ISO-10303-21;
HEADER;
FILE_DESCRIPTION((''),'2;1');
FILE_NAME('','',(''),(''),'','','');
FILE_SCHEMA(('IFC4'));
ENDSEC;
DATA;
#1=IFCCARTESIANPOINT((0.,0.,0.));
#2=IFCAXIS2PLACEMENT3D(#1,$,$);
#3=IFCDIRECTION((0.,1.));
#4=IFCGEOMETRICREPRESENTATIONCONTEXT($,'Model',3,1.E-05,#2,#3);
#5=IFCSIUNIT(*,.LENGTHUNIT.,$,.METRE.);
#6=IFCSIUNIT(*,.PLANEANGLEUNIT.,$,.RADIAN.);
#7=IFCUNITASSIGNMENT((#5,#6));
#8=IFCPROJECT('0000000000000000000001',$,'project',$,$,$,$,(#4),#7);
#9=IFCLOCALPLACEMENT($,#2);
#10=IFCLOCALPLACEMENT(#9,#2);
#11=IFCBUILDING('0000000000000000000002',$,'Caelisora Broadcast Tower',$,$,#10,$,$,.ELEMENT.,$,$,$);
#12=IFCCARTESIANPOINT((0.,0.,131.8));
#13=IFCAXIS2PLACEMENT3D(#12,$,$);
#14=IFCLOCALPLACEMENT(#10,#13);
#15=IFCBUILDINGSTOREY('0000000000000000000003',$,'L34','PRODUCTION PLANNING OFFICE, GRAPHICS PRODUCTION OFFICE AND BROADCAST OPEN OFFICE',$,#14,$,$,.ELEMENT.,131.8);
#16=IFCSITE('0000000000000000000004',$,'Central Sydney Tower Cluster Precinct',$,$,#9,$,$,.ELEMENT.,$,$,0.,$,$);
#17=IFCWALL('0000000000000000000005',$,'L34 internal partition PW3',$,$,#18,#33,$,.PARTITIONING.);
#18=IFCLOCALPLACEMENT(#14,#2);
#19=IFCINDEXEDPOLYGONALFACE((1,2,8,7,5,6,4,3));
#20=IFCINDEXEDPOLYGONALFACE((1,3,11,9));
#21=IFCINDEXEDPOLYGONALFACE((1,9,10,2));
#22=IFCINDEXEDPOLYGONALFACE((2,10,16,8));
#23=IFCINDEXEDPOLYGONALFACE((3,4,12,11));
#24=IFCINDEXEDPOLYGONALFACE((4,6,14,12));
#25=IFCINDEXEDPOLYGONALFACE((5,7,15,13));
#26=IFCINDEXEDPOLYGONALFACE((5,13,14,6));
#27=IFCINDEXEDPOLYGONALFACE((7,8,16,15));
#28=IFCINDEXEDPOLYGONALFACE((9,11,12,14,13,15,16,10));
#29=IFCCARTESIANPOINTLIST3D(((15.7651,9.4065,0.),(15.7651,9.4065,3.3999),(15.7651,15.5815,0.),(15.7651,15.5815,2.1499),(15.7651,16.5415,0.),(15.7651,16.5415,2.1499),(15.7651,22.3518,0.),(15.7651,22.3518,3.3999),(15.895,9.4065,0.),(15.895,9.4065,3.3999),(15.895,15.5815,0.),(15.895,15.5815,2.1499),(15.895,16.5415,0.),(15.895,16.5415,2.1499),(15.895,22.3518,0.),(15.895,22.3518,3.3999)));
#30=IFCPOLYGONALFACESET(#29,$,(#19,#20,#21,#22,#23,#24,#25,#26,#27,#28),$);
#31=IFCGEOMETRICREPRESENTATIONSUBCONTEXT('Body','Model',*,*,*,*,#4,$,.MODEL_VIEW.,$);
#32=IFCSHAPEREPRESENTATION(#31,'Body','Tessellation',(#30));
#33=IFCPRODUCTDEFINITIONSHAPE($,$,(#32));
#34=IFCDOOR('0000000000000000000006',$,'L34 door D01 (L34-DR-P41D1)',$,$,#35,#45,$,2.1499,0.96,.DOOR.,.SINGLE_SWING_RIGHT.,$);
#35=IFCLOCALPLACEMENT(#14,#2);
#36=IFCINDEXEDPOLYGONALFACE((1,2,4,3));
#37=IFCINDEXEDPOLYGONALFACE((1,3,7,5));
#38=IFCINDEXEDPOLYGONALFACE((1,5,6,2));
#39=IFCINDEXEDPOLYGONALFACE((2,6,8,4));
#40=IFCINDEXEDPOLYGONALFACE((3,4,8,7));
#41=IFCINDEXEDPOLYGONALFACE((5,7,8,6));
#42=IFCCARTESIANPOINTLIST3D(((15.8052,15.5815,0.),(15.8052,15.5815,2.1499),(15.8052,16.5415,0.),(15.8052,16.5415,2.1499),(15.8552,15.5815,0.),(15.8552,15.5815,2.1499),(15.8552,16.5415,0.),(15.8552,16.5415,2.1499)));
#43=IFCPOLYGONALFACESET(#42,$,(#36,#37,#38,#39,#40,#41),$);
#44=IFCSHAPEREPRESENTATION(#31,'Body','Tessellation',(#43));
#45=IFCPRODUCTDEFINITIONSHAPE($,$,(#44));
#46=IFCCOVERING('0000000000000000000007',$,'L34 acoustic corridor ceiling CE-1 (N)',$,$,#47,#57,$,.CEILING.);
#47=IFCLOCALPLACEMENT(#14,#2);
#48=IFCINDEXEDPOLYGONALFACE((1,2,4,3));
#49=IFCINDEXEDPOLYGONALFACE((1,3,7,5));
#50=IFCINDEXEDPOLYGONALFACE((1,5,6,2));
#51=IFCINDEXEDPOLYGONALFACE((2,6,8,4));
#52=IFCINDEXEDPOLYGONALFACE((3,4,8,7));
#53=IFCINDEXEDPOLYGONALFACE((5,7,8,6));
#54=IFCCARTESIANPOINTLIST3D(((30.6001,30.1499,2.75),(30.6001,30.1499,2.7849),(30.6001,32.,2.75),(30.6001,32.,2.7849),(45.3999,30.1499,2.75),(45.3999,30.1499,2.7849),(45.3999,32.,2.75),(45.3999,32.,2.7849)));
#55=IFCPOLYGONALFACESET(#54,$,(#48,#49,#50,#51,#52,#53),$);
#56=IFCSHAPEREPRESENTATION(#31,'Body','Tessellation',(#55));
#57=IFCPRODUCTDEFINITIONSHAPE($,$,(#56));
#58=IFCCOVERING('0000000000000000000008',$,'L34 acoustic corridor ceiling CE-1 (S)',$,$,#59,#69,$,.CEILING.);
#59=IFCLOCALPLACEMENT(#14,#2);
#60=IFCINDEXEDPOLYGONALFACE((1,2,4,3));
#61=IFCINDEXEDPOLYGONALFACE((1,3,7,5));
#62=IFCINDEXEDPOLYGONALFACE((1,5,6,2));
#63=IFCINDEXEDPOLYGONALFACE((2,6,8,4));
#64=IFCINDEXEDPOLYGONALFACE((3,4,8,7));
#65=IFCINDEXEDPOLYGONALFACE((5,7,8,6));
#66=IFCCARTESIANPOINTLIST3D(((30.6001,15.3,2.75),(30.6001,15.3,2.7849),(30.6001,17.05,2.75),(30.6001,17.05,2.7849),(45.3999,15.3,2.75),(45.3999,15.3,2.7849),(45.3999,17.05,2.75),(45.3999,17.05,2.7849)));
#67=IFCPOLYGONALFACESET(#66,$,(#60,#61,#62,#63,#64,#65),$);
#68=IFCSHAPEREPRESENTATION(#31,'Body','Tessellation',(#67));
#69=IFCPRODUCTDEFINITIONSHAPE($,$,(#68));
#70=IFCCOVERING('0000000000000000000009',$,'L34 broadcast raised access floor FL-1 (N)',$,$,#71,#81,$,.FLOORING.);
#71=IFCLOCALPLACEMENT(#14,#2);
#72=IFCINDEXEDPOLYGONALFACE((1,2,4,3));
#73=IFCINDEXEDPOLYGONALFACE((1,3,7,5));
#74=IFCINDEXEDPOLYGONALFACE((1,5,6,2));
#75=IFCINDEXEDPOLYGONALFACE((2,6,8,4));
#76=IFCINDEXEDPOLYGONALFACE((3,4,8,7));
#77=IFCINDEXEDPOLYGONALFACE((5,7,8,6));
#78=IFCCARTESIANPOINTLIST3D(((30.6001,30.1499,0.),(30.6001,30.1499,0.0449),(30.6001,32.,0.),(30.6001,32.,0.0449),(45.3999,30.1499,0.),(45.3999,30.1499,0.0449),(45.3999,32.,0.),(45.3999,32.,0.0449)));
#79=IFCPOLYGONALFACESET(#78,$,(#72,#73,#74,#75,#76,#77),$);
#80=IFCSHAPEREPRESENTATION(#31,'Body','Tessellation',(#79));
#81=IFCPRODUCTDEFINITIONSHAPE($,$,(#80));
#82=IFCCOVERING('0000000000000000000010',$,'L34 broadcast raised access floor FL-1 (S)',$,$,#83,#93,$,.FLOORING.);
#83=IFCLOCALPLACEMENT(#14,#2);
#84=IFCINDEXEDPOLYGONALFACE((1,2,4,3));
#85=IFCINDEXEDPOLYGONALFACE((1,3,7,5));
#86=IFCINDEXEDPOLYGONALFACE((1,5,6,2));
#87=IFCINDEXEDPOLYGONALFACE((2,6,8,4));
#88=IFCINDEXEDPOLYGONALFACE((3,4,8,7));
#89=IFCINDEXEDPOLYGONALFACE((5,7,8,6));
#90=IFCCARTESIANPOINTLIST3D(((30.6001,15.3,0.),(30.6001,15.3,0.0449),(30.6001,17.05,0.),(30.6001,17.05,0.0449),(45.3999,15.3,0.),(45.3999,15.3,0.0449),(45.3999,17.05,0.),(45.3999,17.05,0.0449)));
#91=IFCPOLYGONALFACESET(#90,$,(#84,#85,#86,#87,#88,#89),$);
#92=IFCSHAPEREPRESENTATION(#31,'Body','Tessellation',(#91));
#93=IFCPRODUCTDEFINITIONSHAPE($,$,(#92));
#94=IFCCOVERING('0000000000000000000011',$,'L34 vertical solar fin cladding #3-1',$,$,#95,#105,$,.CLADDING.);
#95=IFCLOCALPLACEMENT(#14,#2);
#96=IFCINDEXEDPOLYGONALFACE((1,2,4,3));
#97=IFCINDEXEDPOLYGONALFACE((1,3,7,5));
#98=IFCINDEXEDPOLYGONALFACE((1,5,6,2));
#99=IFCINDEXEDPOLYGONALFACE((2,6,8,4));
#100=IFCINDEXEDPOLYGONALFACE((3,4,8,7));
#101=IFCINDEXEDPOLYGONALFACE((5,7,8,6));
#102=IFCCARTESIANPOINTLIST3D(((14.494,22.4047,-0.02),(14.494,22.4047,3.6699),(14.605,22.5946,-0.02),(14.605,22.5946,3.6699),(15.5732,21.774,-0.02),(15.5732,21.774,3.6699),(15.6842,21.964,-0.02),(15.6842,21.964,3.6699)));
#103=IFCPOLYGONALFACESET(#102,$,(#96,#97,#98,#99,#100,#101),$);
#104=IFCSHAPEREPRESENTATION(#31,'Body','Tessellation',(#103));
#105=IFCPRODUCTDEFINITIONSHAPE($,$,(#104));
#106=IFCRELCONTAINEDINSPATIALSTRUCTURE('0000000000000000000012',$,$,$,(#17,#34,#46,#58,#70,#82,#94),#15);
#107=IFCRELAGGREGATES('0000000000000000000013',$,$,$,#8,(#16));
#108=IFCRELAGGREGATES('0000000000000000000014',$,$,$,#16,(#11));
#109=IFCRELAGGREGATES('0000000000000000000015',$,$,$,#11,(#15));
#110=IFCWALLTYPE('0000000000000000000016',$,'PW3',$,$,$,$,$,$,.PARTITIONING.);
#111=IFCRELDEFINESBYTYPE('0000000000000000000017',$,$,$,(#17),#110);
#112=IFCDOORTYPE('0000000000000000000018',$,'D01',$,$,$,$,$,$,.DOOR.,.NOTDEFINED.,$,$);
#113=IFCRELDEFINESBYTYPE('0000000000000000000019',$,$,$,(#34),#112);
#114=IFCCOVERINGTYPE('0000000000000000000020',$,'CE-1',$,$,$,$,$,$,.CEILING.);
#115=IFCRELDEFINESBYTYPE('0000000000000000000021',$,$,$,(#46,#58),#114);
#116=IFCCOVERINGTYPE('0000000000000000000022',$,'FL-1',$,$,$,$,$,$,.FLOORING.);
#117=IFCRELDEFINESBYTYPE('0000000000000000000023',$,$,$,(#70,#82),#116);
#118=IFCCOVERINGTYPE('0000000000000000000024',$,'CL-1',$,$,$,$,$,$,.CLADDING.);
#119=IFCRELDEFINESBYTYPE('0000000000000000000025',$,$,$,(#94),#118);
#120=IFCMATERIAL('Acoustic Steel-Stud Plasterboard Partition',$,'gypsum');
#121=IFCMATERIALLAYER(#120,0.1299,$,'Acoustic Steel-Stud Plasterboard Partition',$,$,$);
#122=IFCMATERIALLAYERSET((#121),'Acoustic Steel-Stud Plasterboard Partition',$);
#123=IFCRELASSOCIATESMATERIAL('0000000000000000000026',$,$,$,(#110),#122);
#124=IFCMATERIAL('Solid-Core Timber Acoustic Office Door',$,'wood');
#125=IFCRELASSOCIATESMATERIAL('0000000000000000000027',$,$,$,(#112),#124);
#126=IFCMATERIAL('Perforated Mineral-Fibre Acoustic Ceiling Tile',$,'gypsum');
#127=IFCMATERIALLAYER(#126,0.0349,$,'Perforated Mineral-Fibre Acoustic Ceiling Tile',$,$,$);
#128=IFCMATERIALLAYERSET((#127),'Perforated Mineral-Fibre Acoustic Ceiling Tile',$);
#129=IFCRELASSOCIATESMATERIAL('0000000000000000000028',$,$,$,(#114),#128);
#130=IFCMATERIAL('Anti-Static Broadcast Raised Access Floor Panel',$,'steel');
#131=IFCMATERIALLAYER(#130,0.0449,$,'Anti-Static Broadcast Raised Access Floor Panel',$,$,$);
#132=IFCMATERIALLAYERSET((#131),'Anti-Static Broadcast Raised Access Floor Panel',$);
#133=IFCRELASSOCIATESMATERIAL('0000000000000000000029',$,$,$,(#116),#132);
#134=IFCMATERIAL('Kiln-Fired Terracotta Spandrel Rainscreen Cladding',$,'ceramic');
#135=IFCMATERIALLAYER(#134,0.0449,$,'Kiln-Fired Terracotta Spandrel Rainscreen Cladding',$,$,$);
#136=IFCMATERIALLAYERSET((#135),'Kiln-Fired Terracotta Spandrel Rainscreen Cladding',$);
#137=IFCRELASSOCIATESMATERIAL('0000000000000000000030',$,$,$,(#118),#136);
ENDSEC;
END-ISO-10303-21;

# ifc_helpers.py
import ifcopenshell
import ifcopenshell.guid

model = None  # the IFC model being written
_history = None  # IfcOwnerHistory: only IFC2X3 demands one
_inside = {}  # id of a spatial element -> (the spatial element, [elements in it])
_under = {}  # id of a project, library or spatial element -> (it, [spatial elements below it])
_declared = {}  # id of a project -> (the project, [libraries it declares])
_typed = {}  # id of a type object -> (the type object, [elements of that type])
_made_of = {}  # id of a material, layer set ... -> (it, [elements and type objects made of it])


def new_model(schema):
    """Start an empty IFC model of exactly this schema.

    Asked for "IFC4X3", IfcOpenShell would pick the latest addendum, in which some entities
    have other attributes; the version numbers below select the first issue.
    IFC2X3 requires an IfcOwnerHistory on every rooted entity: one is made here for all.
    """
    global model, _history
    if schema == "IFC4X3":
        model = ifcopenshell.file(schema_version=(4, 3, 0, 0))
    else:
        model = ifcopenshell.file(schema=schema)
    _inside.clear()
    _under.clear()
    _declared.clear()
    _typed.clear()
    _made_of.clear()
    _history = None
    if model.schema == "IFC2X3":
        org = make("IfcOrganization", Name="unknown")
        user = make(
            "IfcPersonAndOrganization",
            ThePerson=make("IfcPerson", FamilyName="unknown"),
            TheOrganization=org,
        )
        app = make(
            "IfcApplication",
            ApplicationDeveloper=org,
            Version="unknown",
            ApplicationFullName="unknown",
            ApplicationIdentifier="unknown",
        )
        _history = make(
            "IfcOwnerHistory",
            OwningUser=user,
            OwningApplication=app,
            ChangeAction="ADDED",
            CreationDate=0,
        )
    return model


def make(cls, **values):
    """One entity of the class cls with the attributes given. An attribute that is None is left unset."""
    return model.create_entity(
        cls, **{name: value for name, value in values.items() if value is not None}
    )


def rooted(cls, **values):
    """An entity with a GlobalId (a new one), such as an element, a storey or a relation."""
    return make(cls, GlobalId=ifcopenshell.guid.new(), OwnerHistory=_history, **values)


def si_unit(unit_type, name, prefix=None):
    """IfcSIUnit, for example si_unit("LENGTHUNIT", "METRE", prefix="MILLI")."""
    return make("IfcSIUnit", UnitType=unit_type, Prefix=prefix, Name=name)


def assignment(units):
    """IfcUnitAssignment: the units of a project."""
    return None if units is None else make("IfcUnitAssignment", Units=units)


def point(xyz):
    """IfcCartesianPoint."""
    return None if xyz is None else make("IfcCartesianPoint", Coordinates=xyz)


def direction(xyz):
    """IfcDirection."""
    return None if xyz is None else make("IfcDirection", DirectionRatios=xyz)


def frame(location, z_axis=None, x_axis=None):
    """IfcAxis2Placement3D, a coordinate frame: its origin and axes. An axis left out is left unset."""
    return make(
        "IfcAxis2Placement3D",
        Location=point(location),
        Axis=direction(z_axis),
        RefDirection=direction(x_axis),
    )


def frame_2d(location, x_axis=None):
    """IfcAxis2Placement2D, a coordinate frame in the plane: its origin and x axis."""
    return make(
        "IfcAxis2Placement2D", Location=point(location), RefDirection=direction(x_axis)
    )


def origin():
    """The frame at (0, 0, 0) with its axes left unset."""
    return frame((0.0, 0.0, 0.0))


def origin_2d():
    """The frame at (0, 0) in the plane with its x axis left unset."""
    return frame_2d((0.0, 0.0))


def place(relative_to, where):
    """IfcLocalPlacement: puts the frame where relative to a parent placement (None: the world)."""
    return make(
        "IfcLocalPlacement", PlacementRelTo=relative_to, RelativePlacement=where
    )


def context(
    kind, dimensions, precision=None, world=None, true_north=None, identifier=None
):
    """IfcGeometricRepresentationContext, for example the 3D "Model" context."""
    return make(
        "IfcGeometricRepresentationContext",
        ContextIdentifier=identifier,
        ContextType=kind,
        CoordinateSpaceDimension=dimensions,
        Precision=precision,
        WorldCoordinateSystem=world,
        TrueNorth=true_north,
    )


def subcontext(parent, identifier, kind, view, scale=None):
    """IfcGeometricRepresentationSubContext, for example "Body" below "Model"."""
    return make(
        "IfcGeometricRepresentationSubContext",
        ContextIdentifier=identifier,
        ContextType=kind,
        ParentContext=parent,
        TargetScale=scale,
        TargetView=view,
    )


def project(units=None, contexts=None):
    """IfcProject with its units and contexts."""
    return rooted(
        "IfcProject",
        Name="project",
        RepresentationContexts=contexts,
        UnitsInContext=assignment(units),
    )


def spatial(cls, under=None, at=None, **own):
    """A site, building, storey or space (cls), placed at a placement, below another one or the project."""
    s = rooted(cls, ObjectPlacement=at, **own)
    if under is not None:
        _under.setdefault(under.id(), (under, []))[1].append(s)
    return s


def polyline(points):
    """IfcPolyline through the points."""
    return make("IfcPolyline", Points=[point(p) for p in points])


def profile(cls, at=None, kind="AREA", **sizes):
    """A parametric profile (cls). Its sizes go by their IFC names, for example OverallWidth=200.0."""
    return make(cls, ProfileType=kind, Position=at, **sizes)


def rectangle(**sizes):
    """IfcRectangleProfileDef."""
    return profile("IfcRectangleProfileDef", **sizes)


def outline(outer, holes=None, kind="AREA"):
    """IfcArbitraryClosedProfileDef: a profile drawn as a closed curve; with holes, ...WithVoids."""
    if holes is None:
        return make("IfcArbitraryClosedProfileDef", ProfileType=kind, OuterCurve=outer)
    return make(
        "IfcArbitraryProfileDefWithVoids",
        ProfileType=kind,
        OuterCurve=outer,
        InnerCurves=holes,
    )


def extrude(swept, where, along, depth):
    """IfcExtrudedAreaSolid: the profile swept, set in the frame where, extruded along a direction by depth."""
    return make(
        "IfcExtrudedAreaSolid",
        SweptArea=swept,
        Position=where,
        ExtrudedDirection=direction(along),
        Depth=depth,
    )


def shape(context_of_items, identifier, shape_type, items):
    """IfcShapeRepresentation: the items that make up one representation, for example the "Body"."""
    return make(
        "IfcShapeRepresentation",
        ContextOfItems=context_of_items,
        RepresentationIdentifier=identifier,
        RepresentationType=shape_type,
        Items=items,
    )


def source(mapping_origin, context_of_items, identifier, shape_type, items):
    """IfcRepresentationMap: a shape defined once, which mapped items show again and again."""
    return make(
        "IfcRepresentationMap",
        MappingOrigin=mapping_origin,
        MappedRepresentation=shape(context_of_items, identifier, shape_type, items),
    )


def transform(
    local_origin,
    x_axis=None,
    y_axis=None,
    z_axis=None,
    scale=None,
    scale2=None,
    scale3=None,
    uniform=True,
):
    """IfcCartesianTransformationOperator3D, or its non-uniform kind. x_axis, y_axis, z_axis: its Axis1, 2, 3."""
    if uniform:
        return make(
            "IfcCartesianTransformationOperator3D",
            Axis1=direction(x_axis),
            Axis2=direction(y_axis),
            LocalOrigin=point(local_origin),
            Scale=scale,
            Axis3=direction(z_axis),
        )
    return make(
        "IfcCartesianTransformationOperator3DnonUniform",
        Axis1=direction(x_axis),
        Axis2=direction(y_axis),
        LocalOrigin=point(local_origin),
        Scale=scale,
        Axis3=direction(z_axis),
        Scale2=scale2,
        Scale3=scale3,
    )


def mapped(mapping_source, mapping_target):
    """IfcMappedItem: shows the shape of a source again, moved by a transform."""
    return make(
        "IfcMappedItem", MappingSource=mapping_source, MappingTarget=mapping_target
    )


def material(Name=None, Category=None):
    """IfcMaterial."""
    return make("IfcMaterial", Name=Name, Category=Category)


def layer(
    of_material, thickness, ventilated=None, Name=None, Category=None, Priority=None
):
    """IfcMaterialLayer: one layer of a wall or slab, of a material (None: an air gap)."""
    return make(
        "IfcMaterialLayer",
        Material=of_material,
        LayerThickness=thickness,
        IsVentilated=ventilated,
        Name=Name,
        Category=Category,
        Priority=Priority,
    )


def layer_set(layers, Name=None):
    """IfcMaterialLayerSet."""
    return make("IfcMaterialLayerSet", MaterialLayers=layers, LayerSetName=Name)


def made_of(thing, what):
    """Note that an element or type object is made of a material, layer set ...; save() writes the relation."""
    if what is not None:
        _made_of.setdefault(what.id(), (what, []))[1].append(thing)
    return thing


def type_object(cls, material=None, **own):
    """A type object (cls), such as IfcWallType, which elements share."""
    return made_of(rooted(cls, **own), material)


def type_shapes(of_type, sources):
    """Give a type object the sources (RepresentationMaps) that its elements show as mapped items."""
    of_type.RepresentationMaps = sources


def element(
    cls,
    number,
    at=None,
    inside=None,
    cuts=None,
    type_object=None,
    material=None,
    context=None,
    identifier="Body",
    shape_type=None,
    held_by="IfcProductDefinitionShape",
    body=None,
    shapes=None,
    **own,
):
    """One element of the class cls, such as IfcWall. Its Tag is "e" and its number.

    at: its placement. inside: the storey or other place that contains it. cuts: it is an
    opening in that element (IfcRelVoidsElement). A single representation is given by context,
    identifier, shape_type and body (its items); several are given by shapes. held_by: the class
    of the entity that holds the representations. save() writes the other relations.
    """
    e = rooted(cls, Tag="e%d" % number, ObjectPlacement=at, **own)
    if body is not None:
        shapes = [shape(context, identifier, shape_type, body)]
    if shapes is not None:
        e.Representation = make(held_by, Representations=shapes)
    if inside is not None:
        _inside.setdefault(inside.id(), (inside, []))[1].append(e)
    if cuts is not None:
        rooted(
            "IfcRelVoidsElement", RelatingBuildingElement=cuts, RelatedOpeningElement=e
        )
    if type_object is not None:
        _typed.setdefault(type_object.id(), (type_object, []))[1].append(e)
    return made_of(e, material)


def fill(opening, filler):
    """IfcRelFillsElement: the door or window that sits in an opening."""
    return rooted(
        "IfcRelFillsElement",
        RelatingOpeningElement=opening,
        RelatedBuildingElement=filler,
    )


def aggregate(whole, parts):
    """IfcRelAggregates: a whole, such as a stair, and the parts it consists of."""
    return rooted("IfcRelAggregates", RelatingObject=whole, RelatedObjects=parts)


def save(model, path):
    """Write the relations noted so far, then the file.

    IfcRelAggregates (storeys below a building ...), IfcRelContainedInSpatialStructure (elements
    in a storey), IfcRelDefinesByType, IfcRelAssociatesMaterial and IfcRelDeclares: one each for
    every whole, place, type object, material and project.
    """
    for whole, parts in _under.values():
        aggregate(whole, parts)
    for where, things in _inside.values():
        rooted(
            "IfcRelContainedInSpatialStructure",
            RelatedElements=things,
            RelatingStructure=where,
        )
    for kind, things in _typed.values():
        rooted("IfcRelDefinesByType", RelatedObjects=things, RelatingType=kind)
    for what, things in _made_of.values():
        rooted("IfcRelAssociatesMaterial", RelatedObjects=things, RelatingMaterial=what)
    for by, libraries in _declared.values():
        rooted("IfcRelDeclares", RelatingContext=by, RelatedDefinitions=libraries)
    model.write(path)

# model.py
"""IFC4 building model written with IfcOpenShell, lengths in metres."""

from ifc_helpers import new_model, si_unit, direction, frame, frame_2d, origin, origin_2d, place, context, subcontext, project, spatial, polyline, rectangle, outline, extrude, source, transform, mapped, material, layer, layer_set, type_object, type_shapes, element, fill, save


model = new_model("IFC4")

# Units and contexts
model_context = context("Model", 3, precision=1e-05, world=origin(), true_north=direction((0.0, 1.0)))
body_context = subcontext(model_context, "Body", "Model", "MODEL_VIEW")
ifc_project = project(units=[si_unit("LENGTHUNIT", "METRE"), si_unit("PLANEANGLEUNIT", "RADIAN")], contexts=[model_context])

# Site, building, storey
site_placement = place(None, origin())
site = spatial("IfcSite", under=ifc_project, at=site_placement, Name="Central Sydney Tower Cluster Precinct", CompositionType="ELEMENT", RefElevation=0.0)
building_placement = place(site_placement, origin())
building = spatial("IfcBuilding", under=site, at=building_placement, Name="Caelisora Broadcast Tower", CompositionType="ELEMENT")
storey_placement = place(building_placement, frame((0.0, 0.0, 131.8)))
storey = spatial("IfcBuildingStorey", under=building, at=storey_placement, Name="L34", Description="PRODUCTION PLANNING OFFICE, GRAPHICS PRODUCTION OFFICE AND BROADCAST OPEN OFFICE", CompositionType="ELEMENT", Elevation=131.8)

# Shared definitions
ifc_material_1 = material(Name="Acoustic Steel-Stud Plasterboard Partition", Category="gypsum")
ifc_layer_1 = layer(ifc_material_1, 0.1299, Name="Acoustic Steel-Stud Plasterboard Partition")
ifc_layer_set_1 = layer_set([ifc_layer_1], Name="Acoustic Steel-Stud Plasterboard Partition")
wall_type_1 = type_object("IfcWallType", Name="PW3", PredefinedType="PARTITIONING", material=ifc_layer_set_1)

# Wall, opening, door
wall_1_placement = place(storey_placement, frame((15.8301, 9.4065, 0.0), z_axis=(0.0, 0.0, 1.0), x_axis=(0.0, 1.0, 0.0)))
wall_1 = element("IfcWall", 1, at=wall_1_placement, inside=storey, type_object=wall_type_1, Name="L34 internal partition PW3", PredefinedType="PARTITIONING", context=body_context, shape_type="SweptSolid", body=[
    extrude(rectangle(XDim=12.9453, YDim=0.1299, at=frame_2d((6.4727, 0.0))), origin(), (0.0, 0.0, 1.0), 3.3999),
])
opening_1_placement = place(wall_1_placement, frame((6.175, 0.0, 0.0)))
opening_1 = element("IfcOpeningElement", 2, at=opening_1_placement, cuts=wall_1, PredefinedType="OPENING", context=body_context, shape_type="SweptSolid", body=[
    extrude(rectangle(XDim=0.96, YDim=2.1499, at=frame_2d((0.48, 1.075))), frame((0.0, 0.0769, 0.0), z_axis=(0.0, -1.0, 0.0), x_axis=(1.0, 0.0, 0.0)), (0.0, 0.0, 1.0), 0.1538),
])
ifc_material_2 = material(Name="Solid-Core Timber Acoustic Office Door", Category="wood")
door_type = type_object("IfcDoorType", Name="D01", OperationType="NOTDEFINED", PredefinedType="DOOR", material=ifc_material_2)
door_placement = place(opening_1_placement, origin())
door = element("IfcDoor", 3, at=door_placement, inside=storey, type_object=door_type, Name="L34 door D01 (L34-DR-P41D1)", OperationType="SINGLE_SWING_RIGHT", OverallHeight=2.1499, OverallWidth=0.96, PredefinedType="DOOR", context=body_context, shape_type="SweptSolid", body=[
    extrude(rectangle(XDim=0.96, YDim=2.1499, at=frame_2d((0.48, 1.075))), frame((0.0, 0.0249, 0.0), z_axis=(0.0, -1.0, 0.0), x_axis=(1.0, 0.0, 0.0)), (0.0, 0.0, 1.0), 0.05),
])
fill(opening_1, door)

# Coverings
ifc_material_3 = material(Name="Perforated Mineral-Fibre Acoustic Ceiling Tile", Category="gypsum")
ifc_layer_2 = layer(ifc_material_3, 0.0349, Name="Perforated Mineral-Fibre Acoustic Ceiling Tile")
ifc_layer_set_2 = layer_set([ifc_layer_2], Name="Perforated Mineral-Fibre Acoustic Ceiling Tile")
covering_type_1 = type_object("IfcCoveringType", Name="CE-1", PredefinedType="CEILING", material=ifc_layer_set_2)
covering_1_placement = place(storey_placement, frame((0.0, 0.0, 2.75)))
element("IfcCovering", 4, at=covering_1_placement, inside=storey, type_object=covering_type_1, Name="L34 acoustic corridor ceiling CE-1 (N)", PredefinedType="CEILING", context=body_context, shape_type="SweptSolid", body=[
    extrude(outline(polyline([(30.6001, 30.1499), (45.3999, 30.1499), (45.3999, 32.0), (30.6001, 32.0), (30.6001, 30.1499)])), origin(), (0.0, 0.0, 1.0), 0.0349),
])
covering_2_placement = place(storey_placement, frame((0.0, 0.0, 2.75)))
element("IfcCovering", 5, at=covering_2_placement, inside=storey, type_object=covering_type_1, Name="L34 acoustic corridor ceiling CE-1 (S)", PredefinedType="CEILING", context=body_context, shape_type="SweptSolid", body=[
    extrude(outline(polyline([(30.6001, 15.3), (45.3999, 15.3), (45.3999, 17.05), (30.6001, 17.05), (30.6001, 15.3)])), origin(), (0.0, 0.0, 1.0), 0.0349),
])
ifc_material_4 = material(Name="Anti-Static Broadcast Raised Access Floor Panel", Category="steel")
ifc_layer_3 = layer(ifc_material_4, 0.0449, Name="Anti-Static Broadcast Raised Access Floor Panel")
ifc_layer_set_3 = layer_set([ifc_layer_3], Name="Anti-Static Broadcast Raised Access Floor Panel")
covering_type_2 = type_object("IfcCoveringType", Name="FL-1", PredefinedType="FLOORING", material=ifc_layer_set_3)
covering_3_placement = place(storey_placement, origin())
element("IfcCovering", 6, at=covering_3_placement, inside=storey, type_object=covering_type_2, Name="L34 broadcast raised access floor FL-1 (N)", PredefinedType="FLOORING", context=body_context, shape_type="SweptSolid", body=[
    extrude(outline(polyline([(30.6001, 30.1499), (45.3999, 30.1499), (45.3999, 32.0), (30.6001, 32.0), (30.6001, 30.1499)])), origin(), (0.0, 0.0, 1.0), 0.0449),
])
covering_4_placement = place(storey_placement, origin())
element("IfcCovering", 7, at=covering_4_placement, inside=storey, type_object=covering_type_2, Name="L34 broadcast raised access floor FL-1 (S)", PredefinedType="FLOORING", context=body_context, shape_type="SweptSolid", body=[
    extrude(outline(polyline([(30.6001, 15.3), (45.3999, 15.3), (45.3999, 17.05), (30.6001, 17.05), (30.6001, 15.3)])), origin(), (0.0, 0.0, 1.0), 0.0449),
])
ifc_material_5 = material(Name="Kiln-Fired Terracotta Spandrel Rainscreen Cladding", Category="ceramic")
ifc_layer_4 = layer(ifc_material_5, 0.0449, Name="Kiln-Fired Terracotta Spandrel Rainscreen Cladding")
ifc_layer_set_4 = layer_set([ifc_layer_4], Name="Kiln-Fired Terracotta Spandrel Rainscreen Cladding")
covering_type_3 = type_object("IfcCoveringType", Name="CL-1", PredefinedType="CLADDING", material=ifc_layer_set_4)
shared_shape_1 = source(origin(), body_context, "Body", "SweptSolid", [
    extrude(rectangle(XDim=0.22, YDim=1.25, at=origin_2d()), origin(), (0.0, 0.0, 1.0), 3.6899),
])
type_shapes(covering_type_3, [shared_shape_1])
covering_5_placement = place(storey_placement, frame((15.0891, 22.1843, -0.02), z_axis=(0.0, 0.0, 1.0), x_axis=(0.504528, 0.863396, 0.0)))
element("IfcCovering", 8, at=covering_5_placement, inside=storey, type_object=covering_type_3, Name="L34 vertical solar fin cladding #3-1", PredefinedType="CLADDING", context=body_context, shape_type="MappedRepresentation", body=[
    mapped(shared_shape_1, transform((0.0, 0.0, 0.0), scale=1.0)),
])

save(model, "model.ifc")
